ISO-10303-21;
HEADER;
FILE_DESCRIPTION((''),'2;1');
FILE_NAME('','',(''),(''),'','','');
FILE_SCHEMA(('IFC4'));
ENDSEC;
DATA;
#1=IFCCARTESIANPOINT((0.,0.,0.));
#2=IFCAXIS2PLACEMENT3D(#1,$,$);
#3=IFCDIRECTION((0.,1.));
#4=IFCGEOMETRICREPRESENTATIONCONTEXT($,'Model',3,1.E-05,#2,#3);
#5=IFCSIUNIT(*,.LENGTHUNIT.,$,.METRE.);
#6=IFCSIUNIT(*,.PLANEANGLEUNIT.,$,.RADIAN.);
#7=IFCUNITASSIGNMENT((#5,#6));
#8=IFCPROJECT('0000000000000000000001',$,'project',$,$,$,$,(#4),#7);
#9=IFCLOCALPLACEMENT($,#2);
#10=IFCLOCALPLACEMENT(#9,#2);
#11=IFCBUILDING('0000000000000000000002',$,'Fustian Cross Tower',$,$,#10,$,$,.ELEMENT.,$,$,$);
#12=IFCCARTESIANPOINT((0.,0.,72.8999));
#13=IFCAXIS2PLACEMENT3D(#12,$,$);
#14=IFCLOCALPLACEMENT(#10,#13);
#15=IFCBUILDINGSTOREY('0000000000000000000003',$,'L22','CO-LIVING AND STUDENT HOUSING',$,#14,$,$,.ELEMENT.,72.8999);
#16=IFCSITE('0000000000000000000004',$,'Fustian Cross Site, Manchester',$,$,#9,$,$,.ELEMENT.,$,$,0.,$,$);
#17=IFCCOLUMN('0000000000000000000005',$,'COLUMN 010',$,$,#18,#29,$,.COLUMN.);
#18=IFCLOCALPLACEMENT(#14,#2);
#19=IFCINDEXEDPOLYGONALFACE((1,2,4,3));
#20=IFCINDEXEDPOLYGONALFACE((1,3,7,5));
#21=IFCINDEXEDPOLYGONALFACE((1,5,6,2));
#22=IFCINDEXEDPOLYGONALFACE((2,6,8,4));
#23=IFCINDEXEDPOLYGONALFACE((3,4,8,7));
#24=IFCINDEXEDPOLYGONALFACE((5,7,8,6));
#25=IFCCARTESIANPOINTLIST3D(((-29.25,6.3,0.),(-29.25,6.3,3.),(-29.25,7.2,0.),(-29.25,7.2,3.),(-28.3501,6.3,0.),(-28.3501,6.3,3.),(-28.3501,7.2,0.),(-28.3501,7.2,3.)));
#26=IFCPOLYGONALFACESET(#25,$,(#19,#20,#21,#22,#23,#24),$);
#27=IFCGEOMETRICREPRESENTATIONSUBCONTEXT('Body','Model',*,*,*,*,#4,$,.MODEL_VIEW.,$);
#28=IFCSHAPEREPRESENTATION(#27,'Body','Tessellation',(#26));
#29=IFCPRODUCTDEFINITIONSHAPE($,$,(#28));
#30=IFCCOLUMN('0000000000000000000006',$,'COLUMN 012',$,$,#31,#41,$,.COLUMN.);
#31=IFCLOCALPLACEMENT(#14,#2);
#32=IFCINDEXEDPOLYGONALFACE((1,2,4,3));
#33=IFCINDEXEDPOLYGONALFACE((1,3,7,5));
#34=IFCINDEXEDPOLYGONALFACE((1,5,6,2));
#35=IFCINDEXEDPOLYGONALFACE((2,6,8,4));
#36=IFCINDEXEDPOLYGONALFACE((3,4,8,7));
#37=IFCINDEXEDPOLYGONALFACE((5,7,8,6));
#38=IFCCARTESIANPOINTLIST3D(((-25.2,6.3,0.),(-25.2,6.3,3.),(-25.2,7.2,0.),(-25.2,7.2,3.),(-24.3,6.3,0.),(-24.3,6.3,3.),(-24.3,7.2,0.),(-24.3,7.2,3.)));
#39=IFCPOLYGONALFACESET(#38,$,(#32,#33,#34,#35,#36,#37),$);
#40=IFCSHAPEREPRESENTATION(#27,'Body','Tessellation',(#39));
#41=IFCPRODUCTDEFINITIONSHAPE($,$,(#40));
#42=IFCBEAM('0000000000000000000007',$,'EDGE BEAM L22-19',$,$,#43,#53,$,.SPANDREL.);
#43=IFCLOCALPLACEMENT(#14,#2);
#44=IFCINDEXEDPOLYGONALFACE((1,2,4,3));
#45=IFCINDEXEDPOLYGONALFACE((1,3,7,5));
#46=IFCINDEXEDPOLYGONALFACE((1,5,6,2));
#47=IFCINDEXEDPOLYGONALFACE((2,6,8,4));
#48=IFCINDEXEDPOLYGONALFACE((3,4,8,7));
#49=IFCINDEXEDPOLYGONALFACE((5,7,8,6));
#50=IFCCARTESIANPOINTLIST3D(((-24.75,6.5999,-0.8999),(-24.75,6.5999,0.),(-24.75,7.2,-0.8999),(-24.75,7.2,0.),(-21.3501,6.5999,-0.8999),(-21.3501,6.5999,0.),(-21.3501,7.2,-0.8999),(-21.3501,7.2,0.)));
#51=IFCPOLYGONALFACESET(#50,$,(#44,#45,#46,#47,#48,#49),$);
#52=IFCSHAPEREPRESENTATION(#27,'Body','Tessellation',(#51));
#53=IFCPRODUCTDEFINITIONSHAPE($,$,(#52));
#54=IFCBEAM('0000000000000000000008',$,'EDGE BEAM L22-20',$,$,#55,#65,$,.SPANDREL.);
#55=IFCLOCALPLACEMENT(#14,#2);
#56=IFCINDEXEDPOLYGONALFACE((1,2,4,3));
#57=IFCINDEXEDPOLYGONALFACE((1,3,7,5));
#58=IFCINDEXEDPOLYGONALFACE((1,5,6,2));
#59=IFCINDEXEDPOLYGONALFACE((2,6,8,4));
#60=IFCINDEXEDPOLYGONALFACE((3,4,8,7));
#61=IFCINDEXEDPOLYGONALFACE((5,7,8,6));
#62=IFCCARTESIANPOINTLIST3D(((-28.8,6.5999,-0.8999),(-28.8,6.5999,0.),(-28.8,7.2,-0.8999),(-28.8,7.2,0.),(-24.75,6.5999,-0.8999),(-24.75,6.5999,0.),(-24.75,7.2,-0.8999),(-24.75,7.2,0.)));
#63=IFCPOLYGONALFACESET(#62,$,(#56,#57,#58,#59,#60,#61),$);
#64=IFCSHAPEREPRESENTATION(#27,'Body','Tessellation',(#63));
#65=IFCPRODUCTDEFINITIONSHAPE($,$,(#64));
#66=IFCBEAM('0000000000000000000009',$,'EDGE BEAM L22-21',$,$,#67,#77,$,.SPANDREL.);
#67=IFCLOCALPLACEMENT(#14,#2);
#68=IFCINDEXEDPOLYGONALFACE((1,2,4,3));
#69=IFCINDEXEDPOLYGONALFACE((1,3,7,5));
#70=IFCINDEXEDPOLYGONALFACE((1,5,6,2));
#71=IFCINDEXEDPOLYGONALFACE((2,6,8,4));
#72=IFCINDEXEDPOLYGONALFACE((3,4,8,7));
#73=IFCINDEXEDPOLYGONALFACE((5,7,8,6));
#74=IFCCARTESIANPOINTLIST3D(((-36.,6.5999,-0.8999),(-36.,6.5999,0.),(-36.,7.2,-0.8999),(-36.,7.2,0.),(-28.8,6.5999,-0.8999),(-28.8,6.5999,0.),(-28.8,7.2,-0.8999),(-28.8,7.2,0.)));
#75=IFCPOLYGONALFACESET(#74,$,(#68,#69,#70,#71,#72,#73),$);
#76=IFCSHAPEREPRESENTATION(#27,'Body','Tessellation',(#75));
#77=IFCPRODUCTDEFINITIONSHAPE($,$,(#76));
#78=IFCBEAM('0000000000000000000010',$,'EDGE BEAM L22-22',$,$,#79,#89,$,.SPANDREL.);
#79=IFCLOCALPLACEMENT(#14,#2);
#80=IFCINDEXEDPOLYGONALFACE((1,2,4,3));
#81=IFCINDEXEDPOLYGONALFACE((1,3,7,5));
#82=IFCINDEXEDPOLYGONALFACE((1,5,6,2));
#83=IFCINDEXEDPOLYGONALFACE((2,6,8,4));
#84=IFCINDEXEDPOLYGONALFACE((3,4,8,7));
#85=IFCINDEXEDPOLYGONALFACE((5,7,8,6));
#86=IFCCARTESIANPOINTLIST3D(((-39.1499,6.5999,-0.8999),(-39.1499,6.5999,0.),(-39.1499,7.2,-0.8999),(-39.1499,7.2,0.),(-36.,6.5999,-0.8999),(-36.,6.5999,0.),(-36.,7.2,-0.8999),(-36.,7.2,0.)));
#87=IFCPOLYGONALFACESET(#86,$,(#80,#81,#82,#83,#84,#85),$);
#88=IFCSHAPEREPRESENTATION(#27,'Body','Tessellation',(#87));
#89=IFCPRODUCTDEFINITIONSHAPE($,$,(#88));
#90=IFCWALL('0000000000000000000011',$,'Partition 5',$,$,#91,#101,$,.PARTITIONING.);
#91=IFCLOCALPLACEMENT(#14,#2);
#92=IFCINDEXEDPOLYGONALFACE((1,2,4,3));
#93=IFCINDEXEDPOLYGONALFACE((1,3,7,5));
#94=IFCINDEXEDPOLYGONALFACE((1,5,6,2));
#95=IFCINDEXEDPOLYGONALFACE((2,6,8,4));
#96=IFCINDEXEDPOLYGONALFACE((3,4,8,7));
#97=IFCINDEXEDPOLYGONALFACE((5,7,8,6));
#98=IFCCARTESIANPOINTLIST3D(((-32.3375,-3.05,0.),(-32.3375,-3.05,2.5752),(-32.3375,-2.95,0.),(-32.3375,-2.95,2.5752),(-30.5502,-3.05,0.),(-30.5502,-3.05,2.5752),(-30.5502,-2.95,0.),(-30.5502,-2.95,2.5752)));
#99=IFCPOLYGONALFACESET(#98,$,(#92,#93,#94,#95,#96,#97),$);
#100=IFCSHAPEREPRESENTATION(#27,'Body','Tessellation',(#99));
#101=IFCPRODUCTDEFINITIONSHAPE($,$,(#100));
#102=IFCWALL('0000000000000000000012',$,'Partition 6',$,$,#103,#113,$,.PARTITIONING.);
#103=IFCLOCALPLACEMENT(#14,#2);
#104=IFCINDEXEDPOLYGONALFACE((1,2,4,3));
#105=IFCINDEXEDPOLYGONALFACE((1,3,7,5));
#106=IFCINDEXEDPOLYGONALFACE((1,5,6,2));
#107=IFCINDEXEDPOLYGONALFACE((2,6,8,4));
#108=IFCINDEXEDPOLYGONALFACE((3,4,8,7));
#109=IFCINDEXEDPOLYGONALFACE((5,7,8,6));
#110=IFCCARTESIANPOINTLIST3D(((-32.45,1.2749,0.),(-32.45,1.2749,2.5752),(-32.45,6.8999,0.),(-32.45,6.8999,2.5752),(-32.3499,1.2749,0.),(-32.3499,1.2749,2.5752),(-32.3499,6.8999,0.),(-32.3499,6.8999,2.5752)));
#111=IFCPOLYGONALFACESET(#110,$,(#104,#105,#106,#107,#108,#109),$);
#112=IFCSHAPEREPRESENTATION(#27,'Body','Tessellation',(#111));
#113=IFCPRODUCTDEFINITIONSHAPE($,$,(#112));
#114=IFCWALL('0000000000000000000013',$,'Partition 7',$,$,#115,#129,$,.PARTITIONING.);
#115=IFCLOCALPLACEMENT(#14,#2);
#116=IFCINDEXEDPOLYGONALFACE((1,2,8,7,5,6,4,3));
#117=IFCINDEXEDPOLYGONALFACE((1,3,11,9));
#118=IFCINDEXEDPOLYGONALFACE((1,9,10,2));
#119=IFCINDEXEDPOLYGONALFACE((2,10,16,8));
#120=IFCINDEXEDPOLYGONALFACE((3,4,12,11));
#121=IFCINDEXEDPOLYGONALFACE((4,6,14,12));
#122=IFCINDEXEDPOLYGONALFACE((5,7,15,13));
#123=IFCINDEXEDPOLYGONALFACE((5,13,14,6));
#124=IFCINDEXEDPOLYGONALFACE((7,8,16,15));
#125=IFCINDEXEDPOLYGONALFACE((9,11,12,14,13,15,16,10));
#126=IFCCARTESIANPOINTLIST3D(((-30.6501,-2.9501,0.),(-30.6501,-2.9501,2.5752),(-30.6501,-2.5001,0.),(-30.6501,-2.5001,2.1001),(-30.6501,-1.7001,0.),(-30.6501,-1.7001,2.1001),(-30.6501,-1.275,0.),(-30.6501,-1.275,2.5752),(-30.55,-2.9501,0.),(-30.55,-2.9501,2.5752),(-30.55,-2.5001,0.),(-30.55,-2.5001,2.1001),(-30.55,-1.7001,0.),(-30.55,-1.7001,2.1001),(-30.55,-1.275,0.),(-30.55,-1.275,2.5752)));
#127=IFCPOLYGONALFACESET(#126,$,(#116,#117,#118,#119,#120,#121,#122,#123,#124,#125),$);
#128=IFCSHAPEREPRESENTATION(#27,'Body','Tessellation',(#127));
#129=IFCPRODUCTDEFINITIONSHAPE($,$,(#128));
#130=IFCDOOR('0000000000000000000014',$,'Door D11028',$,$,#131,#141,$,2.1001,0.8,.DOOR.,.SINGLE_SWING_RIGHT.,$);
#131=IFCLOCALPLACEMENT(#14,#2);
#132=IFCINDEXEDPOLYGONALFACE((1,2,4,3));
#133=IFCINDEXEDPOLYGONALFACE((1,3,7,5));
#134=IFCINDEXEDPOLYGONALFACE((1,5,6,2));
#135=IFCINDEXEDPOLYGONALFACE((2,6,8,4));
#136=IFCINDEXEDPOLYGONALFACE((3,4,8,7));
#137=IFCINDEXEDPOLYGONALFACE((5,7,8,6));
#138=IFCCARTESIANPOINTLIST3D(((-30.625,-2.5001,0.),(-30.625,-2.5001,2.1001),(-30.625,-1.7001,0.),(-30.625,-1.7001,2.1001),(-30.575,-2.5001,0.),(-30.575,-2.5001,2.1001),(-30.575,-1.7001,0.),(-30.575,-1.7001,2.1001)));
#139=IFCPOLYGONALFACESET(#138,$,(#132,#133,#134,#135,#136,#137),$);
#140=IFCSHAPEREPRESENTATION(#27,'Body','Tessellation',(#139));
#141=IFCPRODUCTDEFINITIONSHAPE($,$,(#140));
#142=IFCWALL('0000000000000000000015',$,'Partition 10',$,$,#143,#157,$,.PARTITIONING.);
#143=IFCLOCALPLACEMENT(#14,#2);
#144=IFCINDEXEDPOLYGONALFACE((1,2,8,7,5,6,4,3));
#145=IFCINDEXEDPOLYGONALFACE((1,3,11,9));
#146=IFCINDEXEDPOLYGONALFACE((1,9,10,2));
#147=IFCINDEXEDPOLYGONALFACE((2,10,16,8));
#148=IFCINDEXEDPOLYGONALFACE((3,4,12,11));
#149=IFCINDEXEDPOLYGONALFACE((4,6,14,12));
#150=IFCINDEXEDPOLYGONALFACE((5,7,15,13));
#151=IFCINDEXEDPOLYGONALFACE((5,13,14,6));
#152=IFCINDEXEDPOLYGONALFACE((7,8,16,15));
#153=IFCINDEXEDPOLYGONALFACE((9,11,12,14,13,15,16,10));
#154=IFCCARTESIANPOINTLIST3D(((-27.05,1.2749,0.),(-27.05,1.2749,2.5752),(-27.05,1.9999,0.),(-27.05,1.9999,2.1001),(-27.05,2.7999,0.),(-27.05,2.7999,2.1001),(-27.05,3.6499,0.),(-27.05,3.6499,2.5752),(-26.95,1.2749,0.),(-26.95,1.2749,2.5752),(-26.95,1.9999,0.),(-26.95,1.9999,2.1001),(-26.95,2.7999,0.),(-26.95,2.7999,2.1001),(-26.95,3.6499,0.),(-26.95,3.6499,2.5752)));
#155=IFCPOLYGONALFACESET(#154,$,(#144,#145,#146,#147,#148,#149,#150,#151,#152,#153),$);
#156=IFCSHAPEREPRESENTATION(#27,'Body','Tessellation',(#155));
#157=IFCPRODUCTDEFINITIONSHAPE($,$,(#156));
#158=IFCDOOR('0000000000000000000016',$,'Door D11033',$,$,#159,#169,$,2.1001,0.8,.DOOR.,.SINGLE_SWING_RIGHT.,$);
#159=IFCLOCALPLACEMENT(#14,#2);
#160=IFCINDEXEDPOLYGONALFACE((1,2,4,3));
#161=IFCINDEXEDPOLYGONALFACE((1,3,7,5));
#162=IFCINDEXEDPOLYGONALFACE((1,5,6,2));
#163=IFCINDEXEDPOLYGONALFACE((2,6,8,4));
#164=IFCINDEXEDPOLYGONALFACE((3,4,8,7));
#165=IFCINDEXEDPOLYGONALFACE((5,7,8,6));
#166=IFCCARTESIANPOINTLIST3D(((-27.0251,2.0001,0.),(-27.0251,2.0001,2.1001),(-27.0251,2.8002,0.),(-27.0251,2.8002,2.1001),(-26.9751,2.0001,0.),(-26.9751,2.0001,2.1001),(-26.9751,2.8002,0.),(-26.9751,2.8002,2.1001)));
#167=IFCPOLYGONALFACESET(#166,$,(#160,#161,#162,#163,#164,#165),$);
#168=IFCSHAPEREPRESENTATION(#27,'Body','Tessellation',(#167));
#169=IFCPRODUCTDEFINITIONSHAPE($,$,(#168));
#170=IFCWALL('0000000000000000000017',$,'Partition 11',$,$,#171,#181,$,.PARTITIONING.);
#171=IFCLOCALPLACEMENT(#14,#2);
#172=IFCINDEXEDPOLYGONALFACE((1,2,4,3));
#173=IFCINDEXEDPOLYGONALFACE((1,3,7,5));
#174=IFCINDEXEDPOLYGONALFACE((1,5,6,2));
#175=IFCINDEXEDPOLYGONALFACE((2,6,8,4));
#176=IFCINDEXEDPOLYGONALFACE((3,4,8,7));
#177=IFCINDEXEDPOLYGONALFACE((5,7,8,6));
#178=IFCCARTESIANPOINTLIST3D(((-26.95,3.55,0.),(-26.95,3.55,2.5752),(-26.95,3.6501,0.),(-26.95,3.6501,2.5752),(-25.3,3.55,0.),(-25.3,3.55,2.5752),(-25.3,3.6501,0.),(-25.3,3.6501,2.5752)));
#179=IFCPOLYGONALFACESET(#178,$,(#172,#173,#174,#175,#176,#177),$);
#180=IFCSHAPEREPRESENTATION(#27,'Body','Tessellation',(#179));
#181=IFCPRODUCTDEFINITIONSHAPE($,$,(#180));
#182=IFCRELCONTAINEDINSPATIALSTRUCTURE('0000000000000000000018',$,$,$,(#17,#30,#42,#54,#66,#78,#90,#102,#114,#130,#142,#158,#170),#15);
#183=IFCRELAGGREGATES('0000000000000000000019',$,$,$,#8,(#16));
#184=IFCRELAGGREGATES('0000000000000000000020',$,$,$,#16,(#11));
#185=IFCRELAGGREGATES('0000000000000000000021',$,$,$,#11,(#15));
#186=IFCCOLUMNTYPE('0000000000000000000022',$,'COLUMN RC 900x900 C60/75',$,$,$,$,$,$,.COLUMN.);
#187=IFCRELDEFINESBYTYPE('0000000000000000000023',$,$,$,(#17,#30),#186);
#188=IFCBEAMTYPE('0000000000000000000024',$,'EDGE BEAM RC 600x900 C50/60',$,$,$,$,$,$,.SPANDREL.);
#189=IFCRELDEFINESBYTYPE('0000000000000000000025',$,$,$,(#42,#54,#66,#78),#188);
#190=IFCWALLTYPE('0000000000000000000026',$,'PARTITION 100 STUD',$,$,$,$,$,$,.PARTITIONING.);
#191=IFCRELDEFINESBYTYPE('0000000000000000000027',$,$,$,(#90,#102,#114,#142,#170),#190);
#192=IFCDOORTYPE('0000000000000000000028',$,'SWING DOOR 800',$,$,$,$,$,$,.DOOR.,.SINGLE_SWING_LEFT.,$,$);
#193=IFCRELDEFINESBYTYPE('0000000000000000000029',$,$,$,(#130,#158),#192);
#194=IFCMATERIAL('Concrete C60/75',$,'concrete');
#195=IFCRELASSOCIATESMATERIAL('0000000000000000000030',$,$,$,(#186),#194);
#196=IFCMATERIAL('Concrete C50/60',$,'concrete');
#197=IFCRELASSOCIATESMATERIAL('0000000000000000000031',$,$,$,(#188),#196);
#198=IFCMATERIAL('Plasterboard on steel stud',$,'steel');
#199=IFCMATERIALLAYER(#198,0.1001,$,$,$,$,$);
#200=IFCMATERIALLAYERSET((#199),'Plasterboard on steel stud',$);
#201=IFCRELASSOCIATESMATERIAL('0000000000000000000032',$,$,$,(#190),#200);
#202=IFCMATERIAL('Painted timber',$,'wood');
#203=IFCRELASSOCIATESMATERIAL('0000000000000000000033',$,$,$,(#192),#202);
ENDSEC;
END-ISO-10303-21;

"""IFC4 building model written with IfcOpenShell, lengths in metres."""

from ifc_helpers import new_model, si_unit, direction, frame, frame_2d, origin, origin_2d, place, context, subcontext, project, spatial, rectangle, extrude, material, layer, layer_set, material_profile, profile_set, type_object, element, fill, save


model = new_model("IFC4")

# Units and contexts
model_context = context("Model", 3, precision=1e-05, world=origin(), true_north=direction((0.0, 1.0)))
body_context = subcontext(model_context, "Body", "Model", "MODEL_VIEW")
ifc_project = project(units=[si_unit("LENGTHUNIT", "METRE"), si_unit("PLANEANGLEUNIT", "RADIAN")], contexts=[model_context])

# Site, building, storey
site_placement = place(None, origin())
site = spatial("IfcSite", under=ifc_project, at=site_placement, Name="Fustian Cross Site, Manchester", CompositionType="ELEMENT", RefElevation=0.0)
building_placement = place(site_placement, origin())
building = spatial("IfcBuilding", under=site, at=building_placement, Name="Fustian Cross Tower", CompositionType="ELEMENT")
storey_placement = place(building_placement, frame((0.0, 0.0, 72.8999)))
storey = spatial("IfcBuildingStorey", under=building, at=storey_placement, Name="L22", Description="CO-LIVING AND STUDENT HOUSING", CompositionType="ELEMENT", Elevation=72.8999)

# Columns
ifc_material_1 = material(Name="Concrete C60/75", Category="concrete")
ifc_material_profile_1 = material_profile(ifc_material_1, rectangle(XDim=0.8999, YDim=0.8999, at=origin_2d()), Name="RC 900x900")
ifc_profile_set_1 = profile_set([ifc_material_profile_1], Name="Concrete C60/75")
column_type = type_object("IfcColumnType", Name="COLUMN RC 900x900 C60/75", PredefinedType="COLUMN", material=ifc_profile_set_1)
for number, where, z_axis, x_axis, name in (
    (1, (-28.8, 6.75, 0.0), (0.0, 0.0, 1.0), (1.0, 0.0, 0.0), "COLUMN 010"),
    (2, (-24.75, 6.75, 0.0), (0.0, 0.0, 1.0), (1.0, 0.0, 0.0), "COLUMN 012"),
):
    element("IfcColumn", number, at=place(storey_placement, frame(where, z_axis=z_axis, x_axis=x_axis)), inside=storey, type_object=column_type, Name=name, PredefinedType="COLUMN", context=body_context, shape_type="SweptSolid", body=[
        extrude(rectangle(XDim=0.8999, YDim=0.8999, at=origin_2d()), origin(), (0.0, 0.0, 1.0), 3.0),
    ])

# Beams
ifc_material_2 = material(Name="Concrete C50/60", Category="concrete")
ifc_material_profile_2 = material_profile(ifc_material_2, rectangle(XDim=0.6001, YDim=0.8999, at=origin_2d()), Name="RC 600x900")
ifc_profile_set_2 = profile_set([ifc_material_profile_2], Name="Concrete C50/60")
beam_type = type_object("IfcBeamType", Name="EDGE BEAM RC 600x900 C50/60", PredefinedType="SPANDREL", material=ifc_profile_set_2)
beam_1_placement = place(storey_placement, frame((-21.3501, 6.8999, -0.45), z_axis=(-1.0, 0.0, 0.0), x_axis=(0.0, -1.0, 0.0)))
element("IfcBeam", 3, at=beam_1_placement, inside=storey, type_object=beam_type, Name="EDGE BEAM L22-19", PredefinedType="SPANDREL", context=body_context, shape_type="SweptSolid", body=[
    extrude(rectangle(XDim=0.6001, YDim=0.8999, at=origin_2d()), origin(), (0.0, 0.0, 1.0), 3.3999),
])
beam_2_placement = place(storey_placement, frame((-24.75, 6.8999, -0.45), z_axis=(-1.0, 0.0, 0.0), x_axis=(0.0, -1.0, 0.0)))
element("IfcBeam", 4, at=beam_2_placement, inside=storey, type_object=beam_type, Name="EDGE BEAM L22-20", PredefinedType="SPANDREL", context=body_context, shape_type="SweptSolid", body=[
    extrude(rectangle(XDim=0.6001, YDim=0.8999, at=origin_2d()), origin(), (0.0, 0.0, 1.0), 4.05),
])
beam_3_placement = place(storey_placement, frame((-28.8, 6.8999, -0.45), z_axis=(-1.0, 0.0, 0.0), x_axis=(0.0, -1.0, 0.0)))
element("IfcBeam", 5, at=beam_3_placement, inside=storey, type_object=beam_type, Name="EDGE BEAM L22-21", PredefinedType="SPANDREL", context=body_context, shape_type="SweptSolid", body=[
    extrude(rectangle(XDim=0.6001, YDim=0.8999, at=origin_2d()), origin(), (0.0, 0.0, 1.0), 7.2),
])
beam_4_placement = place(storey_placement, frame((-36.0, 6.8999, -0.45), z_axis=(-1.0, 0.0, 0.0), x_axis=(0.0, -1.0, 0.0)))
element("IfcBeam", 6, at=beam_4_placement, inside=storey, type_object=beam_type, Name="EDGE BEAM L22-22", PredefinedType="SPANDREL", context=body_context, shape_type="SweptSolid", body=[
    extrude(rectangle(XDim=0.6001, YDim=0.8999, at=origin_2d()), origin(), (0.0, 0.0, 1.0), 3.1499),
])

# Walls
ifc_material_3 = material(Name="Plasterboard on steel stud", Category="steel")
ifc_layer_1 = layer(ifc_material_3, 0.1001)
ifc_layer_set_1 = layer_set([ifc_layer_1], Name="Plasterboard on steel stud")
wall_type_1 = type_object("IfcWallType", Name="PARTITION 100 STUD", PredefinedType="PARTITIONING", material=ifc_layer_set_1)
wall_1_placement = place(storey_placement, frame((-32.3374, -3.0, 0.0), z_axis=(0.0, 0.0, 1.0), x_axis=(1.0, 0.0, 0.0)))
element("IfcWall", 7, at=wall_1_placement, inside=storey, type_object=wall_type_1, Name="Partition 5", PredefinedType="PARTITIONING", context=body_context, shape_type="SweptSolid", body=[
    extrude(rectangle(XDim=1.7874, YDim=0.1001, at=frame_2d((0.8936, 0.0))), origin(), (0.0, 0.0, 1.0), 2.5752),
])
wall_2_placement = place(storey_placement, frame((-32.3999, 1.2749, 0.0), z_axis=(0.0, 0.0, 1.0), x_axis=(0.0, 1.0, 0.0)))
element("IfcWall", 8, at=wall_2_placement, inside=storey, type_object=wall_type_1, Name="Partition 6", PredefinedType="PARTITIONING", context=body_context, shape_type="SweptSolid", body=[
    extrude(rectangle(XDim=5.625, YDim=0.1001, at=frame_2d((2.8125, 0.0))), origin(), (0.0, 0.0, 1.0), 2.5752),
])

# Walls, openings, doors
wall_3_placement = place(storey_placement, frame((-30.6001, -2.95, 0.0), z_axis=(0.0, 0.0, 1.0), x_axis=(0.0, 1.0, 0.0)))
wall_3 = element("IfcWall", 9, at=wall_3_placement, inside=storey, type_object=wall_type_1, Name="Partition 7", PredefinedType="PARTITIONING", context=body_context, shape_type="SweptSolid", body=[
    extrude(rectangle(XDim=1.675, YDim=0.1001, at=frame_2d((0.8374, 0.0))), origin(), (0.0, 0.0, 1.0), 2.5752),
])
opening_1_placement = place(wall_3_placement, frame((0.45, 0.0, 0.0)))
opening_1 = element("IfcOpeningElement", 10, at=opening_1_placement, cuts=wall_3, PredefinedType="OPENING", context=body_context, shape_type="SweptSolid", body=[
    extrude(rectangle(XDim=0.8, YDim=2.1001, at=frame_2d((0.3999, 1.05))), frame((0.0, 0.0601, 0.0), z_axis=(0.0, -1.0, 0.0), x_axis=(1.0, 0.0, 0.0)), (0.0, 0.0, 1.0), 0.1201),
])
ifc_material_4 = material(Name="Painted timber", Category="wood")
door_type = type_object("IfcDoorType", Name="SWING DOOR 800", OperationType="SINGLE_SWING_LEFT", PredefinedType="DOOR", material=ifc_material_4)
door_1_placement = place(opening_1_placement, origin())
door_1 = element("IfcDoor", 11, at=door_1_placement, inside=storey, type_object=door_type, Name="Door D11028", OperationType="SINGLE_SWING_RIGHT", OverallHeight=2.1001, OverallWidth=0.8, PredefinedType="DOOR", context=body_context, shape_type="SweptSolid", body=[
    extrude(rectangle(XDim=0.8, YDim=2.1001, at=frame_2d((0.3999, 1.05))), frame((0.0, 0.0249, 0.0), z_axis=(0.0, -1.0, 0.0), x_axis=(1.0, 0.0, 0.0)), (0.0, 0.0, 1.0), 0.05),
])
fill(opening_1, door_1)
wall_4_placement = place(storey_placement, frame((-27.0, 1.2749, 0.0), z_axis=(0.0, 0.0, 1.0), x_axis=(0.0, 1.0, 0.0)))
wall_4 = element("IfcWall", 12, at=wall_4_placement, inside=storey, type_object=wall_type_1, Name="Partition 10", PredefinedType="PARTITIONING", context=body_context, shape_type="SweptSolid", body=[
    extrude(rectangle(XDim=2.375, YDim=0.1001, at=frame_2d((1.1875, 0.0))), origin(), (0.0, 0.0, 1.0), 2.5752),
])
opening_2_placement = place(wall_4_placement, frame((0.7251, 0.0, 0.0)))
opening_2 = element("IfcOpeningElement", 13, at=opening_2_placement, cuts=wall_4, PredefinedType="OPENING", context=body_context, shape_type="SweptSolid", body=[
    extrude(rectangle(XDim=0.8, YDim=2.1001, at=frame_2d((0.3999, 1.05))), frame((0.0, 0.0601, 0.0), z_axis=(0.0, -1.0, 0.0), x_axis=(1.0, 0.0, 0.0)), (0.0, 0.0, 1.0), 0.1201),
])
door_2_placement = place(opening_2_placement, frame((0.8, 0.0, 0.0), z_axis=(0.0, 0.0, 1.0), x_axis=(-1.0, 0.0, 0.0)))
door_2 = element("IfcDoor", 14, at=door_2_placement, inside=storey, type_object=door_type, Name="Door D11033", OperationType="SINGLE_SWING_RIGHT", OverallHeight=2.1001, OverallWidth=0.8, PredefinedType="DOOR", context=body_context, shape_type="SweptSolid", body=[
    extrude(rectangle(XDim=0.8, YDim=2.1001, at=frame_2d((0.3999, 1.05))), frame((0.0, 0.0249, 0.0), z_axis=(0.0, -1.0, 0.0), x_axis=(1.0, 0.0, 0.0)), (0.0, 0.0, 1.0), 0.05),
])
fill(opening_2, door_2)

# Wall
wall_5_placement = place(storey_placement, frame((-26.95, 3.6001, 0.0), z_axis=(0.0, 0.0, 1.0), x_axis=(1.0, 0.0, 0.0)))
element("IfcWall", 15, at=wall_5_placement, inside=storey, type_object=wall_type_1, Name="Partition 11", PredefinedType="PARTITIONING", context=body_context, shape_type="SweptSolid", body=[
    extrude(rectangle(XDim=1.6499, YDim=0.1001, at=frame_2d((0.825, 0.0))), origin(), (0.0, 0.0, 1.0), 2.5752),
])

save(model, "model.ifc")
